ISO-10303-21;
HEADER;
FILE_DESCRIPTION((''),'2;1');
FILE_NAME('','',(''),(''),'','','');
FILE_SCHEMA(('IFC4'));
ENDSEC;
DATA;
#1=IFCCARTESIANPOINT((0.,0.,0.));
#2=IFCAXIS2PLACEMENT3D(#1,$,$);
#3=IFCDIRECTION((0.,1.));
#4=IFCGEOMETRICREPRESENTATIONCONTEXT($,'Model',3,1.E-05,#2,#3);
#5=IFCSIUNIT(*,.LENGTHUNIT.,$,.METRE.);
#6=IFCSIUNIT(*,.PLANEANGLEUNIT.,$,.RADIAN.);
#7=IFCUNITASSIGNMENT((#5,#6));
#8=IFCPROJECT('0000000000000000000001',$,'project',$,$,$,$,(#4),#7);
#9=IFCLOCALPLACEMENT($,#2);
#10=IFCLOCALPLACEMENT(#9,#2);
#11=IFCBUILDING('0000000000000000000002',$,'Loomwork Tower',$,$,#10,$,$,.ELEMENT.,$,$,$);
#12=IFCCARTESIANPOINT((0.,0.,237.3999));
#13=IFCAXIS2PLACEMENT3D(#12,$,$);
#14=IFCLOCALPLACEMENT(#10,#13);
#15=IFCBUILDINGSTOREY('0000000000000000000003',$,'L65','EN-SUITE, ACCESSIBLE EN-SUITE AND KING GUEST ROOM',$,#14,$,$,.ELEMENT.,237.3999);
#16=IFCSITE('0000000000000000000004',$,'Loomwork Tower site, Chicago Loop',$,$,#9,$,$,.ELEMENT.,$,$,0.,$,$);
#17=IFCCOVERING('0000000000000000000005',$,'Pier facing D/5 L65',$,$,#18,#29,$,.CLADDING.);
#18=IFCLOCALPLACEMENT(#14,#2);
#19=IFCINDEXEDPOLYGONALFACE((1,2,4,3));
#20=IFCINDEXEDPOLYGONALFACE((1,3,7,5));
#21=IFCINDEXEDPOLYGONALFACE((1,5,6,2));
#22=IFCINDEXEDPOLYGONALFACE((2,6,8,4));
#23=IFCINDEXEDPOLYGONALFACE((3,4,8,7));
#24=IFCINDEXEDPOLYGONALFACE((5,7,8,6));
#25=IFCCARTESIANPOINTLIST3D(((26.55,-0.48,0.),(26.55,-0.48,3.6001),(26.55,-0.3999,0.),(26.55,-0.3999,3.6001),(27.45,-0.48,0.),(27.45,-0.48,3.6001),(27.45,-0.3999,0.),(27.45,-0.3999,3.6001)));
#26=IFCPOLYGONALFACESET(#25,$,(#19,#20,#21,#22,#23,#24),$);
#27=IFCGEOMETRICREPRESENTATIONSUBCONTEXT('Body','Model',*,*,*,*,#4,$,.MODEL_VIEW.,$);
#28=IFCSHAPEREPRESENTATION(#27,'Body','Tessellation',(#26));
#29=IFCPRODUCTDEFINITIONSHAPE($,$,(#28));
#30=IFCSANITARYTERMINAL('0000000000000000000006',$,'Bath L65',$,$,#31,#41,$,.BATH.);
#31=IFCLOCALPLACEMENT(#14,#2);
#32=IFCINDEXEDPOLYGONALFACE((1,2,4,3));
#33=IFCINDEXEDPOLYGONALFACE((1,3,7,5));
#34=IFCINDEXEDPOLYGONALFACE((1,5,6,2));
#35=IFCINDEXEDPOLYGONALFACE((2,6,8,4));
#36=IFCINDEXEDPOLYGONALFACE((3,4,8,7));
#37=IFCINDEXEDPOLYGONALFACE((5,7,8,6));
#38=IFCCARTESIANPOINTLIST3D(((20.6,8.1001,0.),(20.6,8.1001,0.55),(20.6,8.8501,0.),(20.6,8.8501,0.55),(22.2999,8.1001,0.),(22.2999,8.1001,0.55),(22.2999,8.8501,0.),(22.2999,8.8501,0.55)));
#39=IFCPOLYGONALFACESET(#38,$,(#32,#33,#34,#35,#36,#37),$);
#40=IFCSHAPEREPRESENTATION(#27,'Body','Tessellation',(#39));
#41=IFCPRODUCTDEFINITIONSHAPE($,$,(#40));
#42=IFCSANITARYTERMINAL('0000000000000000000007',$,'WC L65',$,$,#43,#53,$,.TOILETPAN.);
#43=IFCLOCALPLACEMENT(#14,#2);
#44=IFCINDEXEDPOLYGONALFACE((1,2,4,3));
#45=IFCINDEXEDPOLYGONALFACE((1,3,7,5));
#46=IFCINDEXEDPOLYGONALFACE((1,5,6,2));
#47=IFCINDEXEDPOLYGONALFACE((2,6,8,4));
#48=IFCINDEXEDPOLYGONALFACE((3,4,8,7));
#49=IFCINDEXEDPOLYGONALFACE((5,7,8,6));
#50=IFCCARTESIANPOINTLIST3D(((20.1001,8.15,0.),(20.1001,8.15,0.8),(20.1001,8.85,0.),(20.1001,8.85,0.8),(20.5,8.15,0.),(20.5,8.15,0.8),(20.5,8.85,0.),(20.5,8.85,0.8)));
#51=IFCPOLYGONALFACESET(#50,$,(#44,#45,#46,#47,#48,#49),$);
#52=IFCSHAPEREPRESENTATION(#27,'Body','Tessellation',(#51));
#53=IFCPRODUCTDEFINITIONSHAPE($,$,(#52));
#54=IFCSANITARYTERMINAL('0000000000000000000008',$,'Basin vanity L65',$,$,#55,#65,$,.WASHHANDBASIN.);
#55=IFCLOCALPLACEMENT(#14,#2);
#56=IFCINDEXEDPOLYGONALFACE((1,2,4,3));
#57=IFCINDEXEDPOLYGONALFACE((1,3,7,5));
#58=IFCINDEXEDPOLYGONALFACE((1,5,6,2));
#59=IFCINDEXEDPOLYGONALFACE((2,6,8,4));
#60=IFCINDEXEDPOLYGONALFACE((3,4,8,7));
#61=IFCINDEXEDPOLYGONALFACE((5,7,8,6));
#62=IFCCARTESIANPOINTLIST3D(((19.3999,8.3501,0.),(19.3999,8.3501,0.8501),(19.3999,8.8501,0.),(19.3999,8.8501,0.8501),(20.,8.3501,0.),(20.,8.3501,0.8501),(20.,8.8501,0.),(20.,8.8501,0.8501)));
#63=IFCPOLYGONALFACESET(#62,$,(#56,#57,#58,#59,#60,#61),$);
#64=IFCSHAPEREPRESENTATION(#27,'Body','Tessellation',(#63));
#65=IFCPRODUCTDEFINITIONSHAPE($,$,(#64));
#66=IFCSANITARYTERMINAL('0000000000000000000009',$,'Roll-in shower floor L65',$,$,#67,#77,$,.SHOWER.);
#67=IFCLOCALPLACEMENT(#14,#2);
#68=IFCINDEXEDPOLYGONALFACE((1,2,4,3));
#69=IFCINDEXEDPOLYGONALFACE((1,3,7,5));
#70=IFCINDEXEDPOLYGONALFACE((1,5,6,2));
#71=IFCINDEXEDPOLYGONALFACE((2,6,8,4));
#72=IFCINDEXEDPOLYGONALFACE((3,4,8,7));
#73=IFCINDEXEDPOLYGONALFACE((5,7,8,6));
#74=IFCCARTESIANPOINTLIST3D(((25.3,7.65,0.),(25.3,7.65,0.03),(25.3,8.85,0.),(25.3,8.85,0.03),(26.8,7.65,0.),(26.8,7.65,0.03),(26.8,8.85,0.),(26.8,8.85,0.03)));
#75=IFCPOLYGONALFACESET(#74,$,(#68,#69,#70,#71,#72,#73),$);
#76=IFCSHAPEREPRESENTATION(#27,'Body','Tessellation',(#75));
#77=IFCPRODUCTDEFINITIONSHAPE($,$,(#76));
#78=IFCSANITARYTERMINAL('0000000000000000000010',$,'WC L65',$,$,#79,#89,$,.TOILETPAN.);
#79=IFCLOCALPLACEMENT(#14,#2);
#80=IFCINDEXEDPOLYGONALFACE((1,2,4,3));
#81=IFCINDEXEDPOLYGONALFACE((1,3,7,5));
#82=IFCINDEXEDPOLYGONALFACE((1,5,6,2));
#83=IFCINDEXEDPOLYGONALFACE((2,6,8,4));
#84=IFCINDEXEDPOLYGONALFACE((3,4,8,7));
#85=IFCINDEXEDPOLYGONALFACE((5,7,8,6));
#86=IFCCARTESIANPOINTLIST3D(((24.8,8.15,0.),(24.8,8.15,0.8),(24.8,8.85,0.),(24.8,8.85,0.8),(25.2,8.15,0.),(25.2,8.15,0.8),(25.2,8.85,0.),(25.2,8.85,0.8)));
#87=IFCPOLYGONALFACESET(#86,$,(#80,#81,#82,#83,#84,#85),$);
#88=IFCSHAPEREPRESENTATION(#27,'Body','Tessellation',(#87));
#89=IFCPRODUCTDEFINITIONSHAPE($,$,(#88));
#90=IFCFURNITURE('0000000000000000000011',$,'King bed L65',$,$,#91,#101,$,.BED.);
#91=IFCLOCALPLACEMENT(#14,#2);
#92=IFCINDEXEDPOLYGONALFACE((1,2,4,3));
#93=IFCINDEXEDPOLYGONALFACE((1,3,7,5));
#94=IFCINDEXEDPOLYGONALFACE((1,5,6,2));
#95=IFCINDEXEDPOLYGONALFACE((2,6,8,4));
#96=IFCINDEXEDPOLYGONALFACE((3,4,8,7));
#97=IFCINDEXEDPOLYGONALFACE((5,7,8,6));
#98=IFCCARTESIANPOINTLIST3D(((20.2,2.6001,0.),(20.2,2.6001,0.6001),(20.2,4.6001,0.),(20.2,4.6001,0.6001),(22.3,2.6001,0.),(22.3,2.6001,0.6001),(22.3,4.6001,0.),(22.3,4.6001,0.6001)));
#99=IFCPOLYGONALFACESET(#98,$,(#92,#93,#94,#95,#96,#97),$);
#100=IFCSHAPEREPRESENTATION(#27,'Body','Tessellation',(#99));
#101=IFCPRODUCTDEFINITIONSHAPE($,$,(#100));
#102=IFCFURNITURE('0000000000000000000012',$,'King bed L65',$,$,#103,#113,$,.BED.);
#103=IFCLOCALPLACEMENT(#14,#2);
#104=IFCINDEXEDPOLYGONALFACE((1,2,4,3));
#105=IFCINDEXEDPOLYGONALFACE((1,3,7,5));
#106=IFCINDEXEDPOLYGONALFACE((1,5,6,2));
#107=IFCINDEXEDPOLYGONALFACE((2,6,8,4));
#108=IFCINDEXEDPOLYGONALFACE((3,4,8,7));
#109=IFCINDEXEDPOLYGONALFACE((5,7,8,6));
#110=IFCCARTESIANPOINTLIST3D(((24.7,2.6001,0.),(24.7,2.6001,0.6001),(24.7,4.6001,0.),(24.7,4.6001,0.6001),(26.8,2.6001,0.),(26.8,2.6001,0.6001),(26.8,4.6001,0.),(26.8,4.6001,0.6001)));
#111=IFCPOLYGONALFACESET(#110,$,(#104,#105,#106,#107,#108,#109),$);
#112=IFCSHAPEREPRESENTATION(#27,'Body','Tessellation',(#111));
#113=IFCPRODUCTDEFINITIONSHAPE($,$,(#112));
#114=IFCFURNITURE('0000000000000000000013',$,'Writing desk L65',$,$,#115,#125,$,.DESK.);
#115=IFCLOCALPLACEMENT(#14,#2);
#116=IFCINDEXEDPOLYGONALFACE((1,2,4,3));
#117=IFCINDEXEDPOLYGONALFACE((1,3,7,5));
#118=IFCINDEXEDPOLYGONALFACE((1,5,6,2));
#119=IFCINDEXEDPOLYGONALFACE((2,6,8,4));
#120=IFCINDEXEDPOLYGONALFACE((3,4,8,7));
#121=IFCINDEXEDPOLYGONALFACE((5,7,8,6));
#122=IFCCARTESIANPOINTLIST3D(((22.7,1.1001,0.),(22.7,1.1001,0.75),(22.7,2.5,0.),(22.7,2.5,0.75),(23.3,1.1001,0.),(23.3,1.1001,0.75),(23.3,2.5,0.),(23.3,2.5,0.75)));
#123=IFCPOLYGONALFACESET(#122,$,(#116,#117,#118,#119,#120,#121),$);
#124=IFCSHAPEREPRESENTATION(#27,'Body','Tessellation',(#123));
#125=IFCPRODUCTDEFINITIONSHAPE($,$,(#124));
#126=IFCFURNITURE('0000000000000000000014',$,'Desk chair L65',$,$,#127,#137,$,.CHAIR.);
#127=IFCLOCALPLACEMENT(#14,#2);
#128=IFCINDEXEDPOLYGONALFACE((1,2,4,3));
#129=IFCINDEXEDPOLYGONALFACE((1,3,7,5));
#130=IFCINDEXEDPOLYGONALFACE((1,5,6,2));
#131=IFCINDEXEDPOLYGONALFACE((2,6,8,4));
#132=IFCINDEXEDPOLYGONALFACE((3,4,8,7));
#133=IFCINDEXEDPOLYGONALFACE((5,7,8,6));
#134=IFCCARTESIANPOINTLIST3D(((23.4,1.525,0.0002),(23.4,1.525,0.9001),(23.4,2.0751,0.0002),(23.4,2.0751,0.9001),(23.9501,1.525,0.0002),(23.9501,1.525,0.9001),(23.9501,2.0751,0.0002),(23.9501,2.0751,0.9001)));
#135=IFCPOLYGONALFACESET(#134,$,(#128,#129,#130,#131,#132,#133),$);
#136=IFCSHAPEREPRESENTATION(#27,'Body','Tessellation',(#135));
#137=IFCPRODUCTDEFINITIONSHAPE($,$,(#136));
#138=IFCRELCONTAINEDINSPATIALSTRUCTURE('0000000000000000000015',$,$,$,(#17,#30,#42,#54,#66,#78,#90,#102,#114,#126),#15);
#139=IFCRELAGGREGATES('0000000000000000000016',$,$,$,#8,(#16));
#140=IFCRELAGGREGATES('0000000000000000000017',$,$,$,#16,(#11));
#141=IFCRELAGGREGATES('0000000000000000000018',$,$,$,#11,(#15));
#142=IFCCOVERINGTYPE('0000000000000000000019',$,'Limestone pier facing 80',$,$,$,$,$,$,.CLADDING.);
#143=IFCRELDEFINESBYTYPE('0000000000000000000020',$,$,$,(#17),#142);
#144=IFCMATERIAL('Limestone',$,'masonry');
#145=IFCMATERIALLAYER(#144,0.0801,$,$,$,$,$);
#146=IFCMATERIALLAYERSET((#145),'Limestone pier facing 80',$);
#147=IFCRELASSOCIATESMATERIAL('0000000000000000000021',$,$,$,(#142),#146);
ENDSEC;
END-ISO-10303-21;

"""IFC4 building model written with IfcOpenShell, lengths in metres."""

from ifc_helpers import new_model, si_unit, direction, frame, origin, origin_2d, place, context, subcontext, project, spatial, rectangle, extrude, material, layer, layer_set, type_object, element, save


model = new_model("IFC4")

# Units and contexts
model_context = context("Model", 3, precision=1e-05, world=origin(), true_north=direction((0.0, 1.0)))
body_context = subcontext(model_context, "Body", "Model", "MODEL_VIEW")
ifc_project = project(units=[si_unit("LENGTHUNIT", "METRE"), si_unit("PLANEANGLEUNIT", "RADIAN")], contexts=[model_context])

# Site, building, storey
site_placement = place(None, origin())
site = spatial("IfcSite", under=ifc_project, at=site_placement, Name="Loomwork Tower site, Chicago Loop", CompositionType="ELEMENT", RefElevation=0.0)
building_placement = place(site_placement, origin())
building = spatial("IfcBuilding", under=site, at=building_placement, Name="Loomwork Tower", CompositionType="ELEMENT")
storey_placement = place(building_placement, frame((0.0, 0.0, 237.3999)))
storey = spatial("IfcBuildingStorey", under=building, at=storey_placement, Name="L65", Description="EN-SUITE, ACCESSIBLE EN-SUITE AND KING GUEST ROOM", CompositionType="ELEMENT", Elevation=237.3999)

# Covering
ifc_material_1 = material(Name="Limestone", Category="masonry")
ifc_layer_1 = layer(ifc_material_1, 0.0801)
ifc_layer_set_1 = layer_set([ifc_layer_1], Name="Limestone pier facing 80")
covering_type = type_object("IfcCoveringType", Name="Limestone pier facing 80", PredefinedType="CLADDING", material=ifc_layer_set_1)
covering_placement = place(storey_placement, frame((27.0, -0.4399, 0.0), z_axis=(0.0, 0.0, 1.0), x_axis=(1.0, 0.0, 0.0)))
element("IfcCovering", 1, at=covering_placement, inside=storey, type_object=covering_type, Name="Pier facing D/5 L65", PredefinedType="CLADDING", context=body_context, shape_type="SweptSolid", body=[
    extrude(rectangle(XDim=0.8999, YDim=0.0801, at=origin_2d()), origin(), (0.0, 0.0, 1.0), 3.6001),
])

# Sanitary terminals
sanitary_terminal_1_placement = place(storey_placement, frame((21.45, 8.4751, 0.0), z_axis=(0.0, 0.0, 1.0), x_axis=(1.0, 0.0, 0.0)))
element("IfcSanitaryTerminal", 2, at=sanitary_terminal_1_placement, inside=storey, Name="Bath L65", PredefinedType="BATH", context=body_context, shape_type="SweptSolid", body=[
    extrude(rectangle(XDim=1.7, YDim=0.75, at=origin_2d()), origin(), (0.0, 0.0, 1.0), 0.55),
])
sanitary_terminal_2_placement = place(storey_placement, frame((20.3, 8.5, 0.0), z_axis=(0.0, 0.0, 1.0), x_axis=(1.0, 0.0, 0.0)))
element("IfcSanitaryTerminal", 3, at=sanitary_terminal_2_placement, inside=storey, Name="WC L65", PredefinedType="TOILETPAN", context=body_context, shape_type="SweptSolid", body=[
    extrude(rectangle(XDim=0.3999, YDim=0.7, at=origin_2d()), origin(), (0.0, 0.0, 1.0), 0.8),
])
sanitary_terminal_3_placement = place(storey_placement, frame((19.7, 8.6001, 0.0), z_axis=(0.0, 0.0, 1.0), x_axis=(1.0, 0.0, 0.0)))
element("IfcSanitaryTerminal", 4, at=sanitary_terminal_3_placement, inside=storey, Name="Basin vanity L65", PredefinedType="WASHHANDBASIN", context=body_context, shape_type="SweptSolid", body=[
    extrude(rectangle(XDim=0.6001, YDim=0.5, at=origin_2d()), origin(), (0.0, 0.0, 1.0), 0.8501),
])
sanitary_terminal_4_placement = place(storey_placement, frame((26.05, 8.25, 0.0), z_axis=(0.0, 0.0, 1.0), x_axis=(1.0, 0.0, 0.0)))
element("IfcSanitaryTerminal", 5, at=sanitary_terminal_4_placement, inside=storey, Name="Roll-in shower floor L65", PredefinedType="SHOWER", context=body_context, shape_type="SweptSolid", body=[
    extrude(rectangle(XDim=1.5, YDim=1.2, at=origin_2d()), origin(), (0.0, 0.0, 1.0), 0.03),
])
sanitary_terminal_5_placement = place(storey_placement, frame((25.0, 8.5, 0.0), z_axis=(0.0, 0.0, 1.0), x_axis=(1.0, 0.0, 0.0)))
element("IfcSanitaryTerminal", 6, at=sanitary_terminal_5_placement, inside=storey, Name="WC L65", PredefinedType="TOILETPAN", context=body_context, shape_type="SweptSolid", body=[
    extrude(rectangle(XDim=0.3999, YDim=0.7, at=origin_2d()), origin(), (0.0, 0.0, 1.0), 0.8),
])

# Furniture
for number, where, z_axis, x_axis, name in (
    (7, (21.25, 3.6001, 0.0), (0.0, 0.0, 1.0), (1.0, 0.0, 0.0), "King bed L65"),
    (8, (25.75, 3.6001, 0.0), (0.0, 0.0, 1.0), (1.0, 0.0, 0.0), "King bed L65"),
):
    element("IfcFurniture", number, at=place(storey_placement, frame(where, z_axis=z_axis, x_axis=x_axis)), inside=storey, Name=name, PredefinedType="BED", context=body_context, shape_type="SweptSolid", body=[
        extrude(rectangle(XDim=2.1001, YDim=2.0, at=origin_2d()), origin(), (0.0, 0.0, 1.0), 0.6001),
    ])
furniture_1_placement = place(storey_placement, frame((23.0, 1.8, 0.0), z_axis=(0.0, 0.0, 1.0), x_axis=(1.0, 0.0, 0.0)))
element("IfcFurniture", 9, at=furniture_1_placement, inside=storey, Name="Writing desk L65", PredefinedType="DESK", context=body_context, shape_type="SweptSolid", body=[
    extrude(rectangle(XDim=0.6001, YDim=1.3999, at=origin_2d()), origin(), (0.0, 0.0, 1.0), 0.75),
])
furniture_2_placement = place(storey_placement, frame((23.675, 1.8, 0.0002), z_axis=(0.0, 0.0, 1.0), x_axis=(1.0, 0.0, 0.0)))
element("IfcFurniture", 10, at=furniture_2_placement, inside=storey, Name="Desk chair L65", PredefinedType="CHAIR", context=body_context, shape_type="SweptSolid", body=[
    extrude(rectangle(XDim=0.55, YDim=0.55, at=origin_2d()), origin(), (0.0, 0.0, 1.0), 0.8999),
])

save(model, "model.ifc")
